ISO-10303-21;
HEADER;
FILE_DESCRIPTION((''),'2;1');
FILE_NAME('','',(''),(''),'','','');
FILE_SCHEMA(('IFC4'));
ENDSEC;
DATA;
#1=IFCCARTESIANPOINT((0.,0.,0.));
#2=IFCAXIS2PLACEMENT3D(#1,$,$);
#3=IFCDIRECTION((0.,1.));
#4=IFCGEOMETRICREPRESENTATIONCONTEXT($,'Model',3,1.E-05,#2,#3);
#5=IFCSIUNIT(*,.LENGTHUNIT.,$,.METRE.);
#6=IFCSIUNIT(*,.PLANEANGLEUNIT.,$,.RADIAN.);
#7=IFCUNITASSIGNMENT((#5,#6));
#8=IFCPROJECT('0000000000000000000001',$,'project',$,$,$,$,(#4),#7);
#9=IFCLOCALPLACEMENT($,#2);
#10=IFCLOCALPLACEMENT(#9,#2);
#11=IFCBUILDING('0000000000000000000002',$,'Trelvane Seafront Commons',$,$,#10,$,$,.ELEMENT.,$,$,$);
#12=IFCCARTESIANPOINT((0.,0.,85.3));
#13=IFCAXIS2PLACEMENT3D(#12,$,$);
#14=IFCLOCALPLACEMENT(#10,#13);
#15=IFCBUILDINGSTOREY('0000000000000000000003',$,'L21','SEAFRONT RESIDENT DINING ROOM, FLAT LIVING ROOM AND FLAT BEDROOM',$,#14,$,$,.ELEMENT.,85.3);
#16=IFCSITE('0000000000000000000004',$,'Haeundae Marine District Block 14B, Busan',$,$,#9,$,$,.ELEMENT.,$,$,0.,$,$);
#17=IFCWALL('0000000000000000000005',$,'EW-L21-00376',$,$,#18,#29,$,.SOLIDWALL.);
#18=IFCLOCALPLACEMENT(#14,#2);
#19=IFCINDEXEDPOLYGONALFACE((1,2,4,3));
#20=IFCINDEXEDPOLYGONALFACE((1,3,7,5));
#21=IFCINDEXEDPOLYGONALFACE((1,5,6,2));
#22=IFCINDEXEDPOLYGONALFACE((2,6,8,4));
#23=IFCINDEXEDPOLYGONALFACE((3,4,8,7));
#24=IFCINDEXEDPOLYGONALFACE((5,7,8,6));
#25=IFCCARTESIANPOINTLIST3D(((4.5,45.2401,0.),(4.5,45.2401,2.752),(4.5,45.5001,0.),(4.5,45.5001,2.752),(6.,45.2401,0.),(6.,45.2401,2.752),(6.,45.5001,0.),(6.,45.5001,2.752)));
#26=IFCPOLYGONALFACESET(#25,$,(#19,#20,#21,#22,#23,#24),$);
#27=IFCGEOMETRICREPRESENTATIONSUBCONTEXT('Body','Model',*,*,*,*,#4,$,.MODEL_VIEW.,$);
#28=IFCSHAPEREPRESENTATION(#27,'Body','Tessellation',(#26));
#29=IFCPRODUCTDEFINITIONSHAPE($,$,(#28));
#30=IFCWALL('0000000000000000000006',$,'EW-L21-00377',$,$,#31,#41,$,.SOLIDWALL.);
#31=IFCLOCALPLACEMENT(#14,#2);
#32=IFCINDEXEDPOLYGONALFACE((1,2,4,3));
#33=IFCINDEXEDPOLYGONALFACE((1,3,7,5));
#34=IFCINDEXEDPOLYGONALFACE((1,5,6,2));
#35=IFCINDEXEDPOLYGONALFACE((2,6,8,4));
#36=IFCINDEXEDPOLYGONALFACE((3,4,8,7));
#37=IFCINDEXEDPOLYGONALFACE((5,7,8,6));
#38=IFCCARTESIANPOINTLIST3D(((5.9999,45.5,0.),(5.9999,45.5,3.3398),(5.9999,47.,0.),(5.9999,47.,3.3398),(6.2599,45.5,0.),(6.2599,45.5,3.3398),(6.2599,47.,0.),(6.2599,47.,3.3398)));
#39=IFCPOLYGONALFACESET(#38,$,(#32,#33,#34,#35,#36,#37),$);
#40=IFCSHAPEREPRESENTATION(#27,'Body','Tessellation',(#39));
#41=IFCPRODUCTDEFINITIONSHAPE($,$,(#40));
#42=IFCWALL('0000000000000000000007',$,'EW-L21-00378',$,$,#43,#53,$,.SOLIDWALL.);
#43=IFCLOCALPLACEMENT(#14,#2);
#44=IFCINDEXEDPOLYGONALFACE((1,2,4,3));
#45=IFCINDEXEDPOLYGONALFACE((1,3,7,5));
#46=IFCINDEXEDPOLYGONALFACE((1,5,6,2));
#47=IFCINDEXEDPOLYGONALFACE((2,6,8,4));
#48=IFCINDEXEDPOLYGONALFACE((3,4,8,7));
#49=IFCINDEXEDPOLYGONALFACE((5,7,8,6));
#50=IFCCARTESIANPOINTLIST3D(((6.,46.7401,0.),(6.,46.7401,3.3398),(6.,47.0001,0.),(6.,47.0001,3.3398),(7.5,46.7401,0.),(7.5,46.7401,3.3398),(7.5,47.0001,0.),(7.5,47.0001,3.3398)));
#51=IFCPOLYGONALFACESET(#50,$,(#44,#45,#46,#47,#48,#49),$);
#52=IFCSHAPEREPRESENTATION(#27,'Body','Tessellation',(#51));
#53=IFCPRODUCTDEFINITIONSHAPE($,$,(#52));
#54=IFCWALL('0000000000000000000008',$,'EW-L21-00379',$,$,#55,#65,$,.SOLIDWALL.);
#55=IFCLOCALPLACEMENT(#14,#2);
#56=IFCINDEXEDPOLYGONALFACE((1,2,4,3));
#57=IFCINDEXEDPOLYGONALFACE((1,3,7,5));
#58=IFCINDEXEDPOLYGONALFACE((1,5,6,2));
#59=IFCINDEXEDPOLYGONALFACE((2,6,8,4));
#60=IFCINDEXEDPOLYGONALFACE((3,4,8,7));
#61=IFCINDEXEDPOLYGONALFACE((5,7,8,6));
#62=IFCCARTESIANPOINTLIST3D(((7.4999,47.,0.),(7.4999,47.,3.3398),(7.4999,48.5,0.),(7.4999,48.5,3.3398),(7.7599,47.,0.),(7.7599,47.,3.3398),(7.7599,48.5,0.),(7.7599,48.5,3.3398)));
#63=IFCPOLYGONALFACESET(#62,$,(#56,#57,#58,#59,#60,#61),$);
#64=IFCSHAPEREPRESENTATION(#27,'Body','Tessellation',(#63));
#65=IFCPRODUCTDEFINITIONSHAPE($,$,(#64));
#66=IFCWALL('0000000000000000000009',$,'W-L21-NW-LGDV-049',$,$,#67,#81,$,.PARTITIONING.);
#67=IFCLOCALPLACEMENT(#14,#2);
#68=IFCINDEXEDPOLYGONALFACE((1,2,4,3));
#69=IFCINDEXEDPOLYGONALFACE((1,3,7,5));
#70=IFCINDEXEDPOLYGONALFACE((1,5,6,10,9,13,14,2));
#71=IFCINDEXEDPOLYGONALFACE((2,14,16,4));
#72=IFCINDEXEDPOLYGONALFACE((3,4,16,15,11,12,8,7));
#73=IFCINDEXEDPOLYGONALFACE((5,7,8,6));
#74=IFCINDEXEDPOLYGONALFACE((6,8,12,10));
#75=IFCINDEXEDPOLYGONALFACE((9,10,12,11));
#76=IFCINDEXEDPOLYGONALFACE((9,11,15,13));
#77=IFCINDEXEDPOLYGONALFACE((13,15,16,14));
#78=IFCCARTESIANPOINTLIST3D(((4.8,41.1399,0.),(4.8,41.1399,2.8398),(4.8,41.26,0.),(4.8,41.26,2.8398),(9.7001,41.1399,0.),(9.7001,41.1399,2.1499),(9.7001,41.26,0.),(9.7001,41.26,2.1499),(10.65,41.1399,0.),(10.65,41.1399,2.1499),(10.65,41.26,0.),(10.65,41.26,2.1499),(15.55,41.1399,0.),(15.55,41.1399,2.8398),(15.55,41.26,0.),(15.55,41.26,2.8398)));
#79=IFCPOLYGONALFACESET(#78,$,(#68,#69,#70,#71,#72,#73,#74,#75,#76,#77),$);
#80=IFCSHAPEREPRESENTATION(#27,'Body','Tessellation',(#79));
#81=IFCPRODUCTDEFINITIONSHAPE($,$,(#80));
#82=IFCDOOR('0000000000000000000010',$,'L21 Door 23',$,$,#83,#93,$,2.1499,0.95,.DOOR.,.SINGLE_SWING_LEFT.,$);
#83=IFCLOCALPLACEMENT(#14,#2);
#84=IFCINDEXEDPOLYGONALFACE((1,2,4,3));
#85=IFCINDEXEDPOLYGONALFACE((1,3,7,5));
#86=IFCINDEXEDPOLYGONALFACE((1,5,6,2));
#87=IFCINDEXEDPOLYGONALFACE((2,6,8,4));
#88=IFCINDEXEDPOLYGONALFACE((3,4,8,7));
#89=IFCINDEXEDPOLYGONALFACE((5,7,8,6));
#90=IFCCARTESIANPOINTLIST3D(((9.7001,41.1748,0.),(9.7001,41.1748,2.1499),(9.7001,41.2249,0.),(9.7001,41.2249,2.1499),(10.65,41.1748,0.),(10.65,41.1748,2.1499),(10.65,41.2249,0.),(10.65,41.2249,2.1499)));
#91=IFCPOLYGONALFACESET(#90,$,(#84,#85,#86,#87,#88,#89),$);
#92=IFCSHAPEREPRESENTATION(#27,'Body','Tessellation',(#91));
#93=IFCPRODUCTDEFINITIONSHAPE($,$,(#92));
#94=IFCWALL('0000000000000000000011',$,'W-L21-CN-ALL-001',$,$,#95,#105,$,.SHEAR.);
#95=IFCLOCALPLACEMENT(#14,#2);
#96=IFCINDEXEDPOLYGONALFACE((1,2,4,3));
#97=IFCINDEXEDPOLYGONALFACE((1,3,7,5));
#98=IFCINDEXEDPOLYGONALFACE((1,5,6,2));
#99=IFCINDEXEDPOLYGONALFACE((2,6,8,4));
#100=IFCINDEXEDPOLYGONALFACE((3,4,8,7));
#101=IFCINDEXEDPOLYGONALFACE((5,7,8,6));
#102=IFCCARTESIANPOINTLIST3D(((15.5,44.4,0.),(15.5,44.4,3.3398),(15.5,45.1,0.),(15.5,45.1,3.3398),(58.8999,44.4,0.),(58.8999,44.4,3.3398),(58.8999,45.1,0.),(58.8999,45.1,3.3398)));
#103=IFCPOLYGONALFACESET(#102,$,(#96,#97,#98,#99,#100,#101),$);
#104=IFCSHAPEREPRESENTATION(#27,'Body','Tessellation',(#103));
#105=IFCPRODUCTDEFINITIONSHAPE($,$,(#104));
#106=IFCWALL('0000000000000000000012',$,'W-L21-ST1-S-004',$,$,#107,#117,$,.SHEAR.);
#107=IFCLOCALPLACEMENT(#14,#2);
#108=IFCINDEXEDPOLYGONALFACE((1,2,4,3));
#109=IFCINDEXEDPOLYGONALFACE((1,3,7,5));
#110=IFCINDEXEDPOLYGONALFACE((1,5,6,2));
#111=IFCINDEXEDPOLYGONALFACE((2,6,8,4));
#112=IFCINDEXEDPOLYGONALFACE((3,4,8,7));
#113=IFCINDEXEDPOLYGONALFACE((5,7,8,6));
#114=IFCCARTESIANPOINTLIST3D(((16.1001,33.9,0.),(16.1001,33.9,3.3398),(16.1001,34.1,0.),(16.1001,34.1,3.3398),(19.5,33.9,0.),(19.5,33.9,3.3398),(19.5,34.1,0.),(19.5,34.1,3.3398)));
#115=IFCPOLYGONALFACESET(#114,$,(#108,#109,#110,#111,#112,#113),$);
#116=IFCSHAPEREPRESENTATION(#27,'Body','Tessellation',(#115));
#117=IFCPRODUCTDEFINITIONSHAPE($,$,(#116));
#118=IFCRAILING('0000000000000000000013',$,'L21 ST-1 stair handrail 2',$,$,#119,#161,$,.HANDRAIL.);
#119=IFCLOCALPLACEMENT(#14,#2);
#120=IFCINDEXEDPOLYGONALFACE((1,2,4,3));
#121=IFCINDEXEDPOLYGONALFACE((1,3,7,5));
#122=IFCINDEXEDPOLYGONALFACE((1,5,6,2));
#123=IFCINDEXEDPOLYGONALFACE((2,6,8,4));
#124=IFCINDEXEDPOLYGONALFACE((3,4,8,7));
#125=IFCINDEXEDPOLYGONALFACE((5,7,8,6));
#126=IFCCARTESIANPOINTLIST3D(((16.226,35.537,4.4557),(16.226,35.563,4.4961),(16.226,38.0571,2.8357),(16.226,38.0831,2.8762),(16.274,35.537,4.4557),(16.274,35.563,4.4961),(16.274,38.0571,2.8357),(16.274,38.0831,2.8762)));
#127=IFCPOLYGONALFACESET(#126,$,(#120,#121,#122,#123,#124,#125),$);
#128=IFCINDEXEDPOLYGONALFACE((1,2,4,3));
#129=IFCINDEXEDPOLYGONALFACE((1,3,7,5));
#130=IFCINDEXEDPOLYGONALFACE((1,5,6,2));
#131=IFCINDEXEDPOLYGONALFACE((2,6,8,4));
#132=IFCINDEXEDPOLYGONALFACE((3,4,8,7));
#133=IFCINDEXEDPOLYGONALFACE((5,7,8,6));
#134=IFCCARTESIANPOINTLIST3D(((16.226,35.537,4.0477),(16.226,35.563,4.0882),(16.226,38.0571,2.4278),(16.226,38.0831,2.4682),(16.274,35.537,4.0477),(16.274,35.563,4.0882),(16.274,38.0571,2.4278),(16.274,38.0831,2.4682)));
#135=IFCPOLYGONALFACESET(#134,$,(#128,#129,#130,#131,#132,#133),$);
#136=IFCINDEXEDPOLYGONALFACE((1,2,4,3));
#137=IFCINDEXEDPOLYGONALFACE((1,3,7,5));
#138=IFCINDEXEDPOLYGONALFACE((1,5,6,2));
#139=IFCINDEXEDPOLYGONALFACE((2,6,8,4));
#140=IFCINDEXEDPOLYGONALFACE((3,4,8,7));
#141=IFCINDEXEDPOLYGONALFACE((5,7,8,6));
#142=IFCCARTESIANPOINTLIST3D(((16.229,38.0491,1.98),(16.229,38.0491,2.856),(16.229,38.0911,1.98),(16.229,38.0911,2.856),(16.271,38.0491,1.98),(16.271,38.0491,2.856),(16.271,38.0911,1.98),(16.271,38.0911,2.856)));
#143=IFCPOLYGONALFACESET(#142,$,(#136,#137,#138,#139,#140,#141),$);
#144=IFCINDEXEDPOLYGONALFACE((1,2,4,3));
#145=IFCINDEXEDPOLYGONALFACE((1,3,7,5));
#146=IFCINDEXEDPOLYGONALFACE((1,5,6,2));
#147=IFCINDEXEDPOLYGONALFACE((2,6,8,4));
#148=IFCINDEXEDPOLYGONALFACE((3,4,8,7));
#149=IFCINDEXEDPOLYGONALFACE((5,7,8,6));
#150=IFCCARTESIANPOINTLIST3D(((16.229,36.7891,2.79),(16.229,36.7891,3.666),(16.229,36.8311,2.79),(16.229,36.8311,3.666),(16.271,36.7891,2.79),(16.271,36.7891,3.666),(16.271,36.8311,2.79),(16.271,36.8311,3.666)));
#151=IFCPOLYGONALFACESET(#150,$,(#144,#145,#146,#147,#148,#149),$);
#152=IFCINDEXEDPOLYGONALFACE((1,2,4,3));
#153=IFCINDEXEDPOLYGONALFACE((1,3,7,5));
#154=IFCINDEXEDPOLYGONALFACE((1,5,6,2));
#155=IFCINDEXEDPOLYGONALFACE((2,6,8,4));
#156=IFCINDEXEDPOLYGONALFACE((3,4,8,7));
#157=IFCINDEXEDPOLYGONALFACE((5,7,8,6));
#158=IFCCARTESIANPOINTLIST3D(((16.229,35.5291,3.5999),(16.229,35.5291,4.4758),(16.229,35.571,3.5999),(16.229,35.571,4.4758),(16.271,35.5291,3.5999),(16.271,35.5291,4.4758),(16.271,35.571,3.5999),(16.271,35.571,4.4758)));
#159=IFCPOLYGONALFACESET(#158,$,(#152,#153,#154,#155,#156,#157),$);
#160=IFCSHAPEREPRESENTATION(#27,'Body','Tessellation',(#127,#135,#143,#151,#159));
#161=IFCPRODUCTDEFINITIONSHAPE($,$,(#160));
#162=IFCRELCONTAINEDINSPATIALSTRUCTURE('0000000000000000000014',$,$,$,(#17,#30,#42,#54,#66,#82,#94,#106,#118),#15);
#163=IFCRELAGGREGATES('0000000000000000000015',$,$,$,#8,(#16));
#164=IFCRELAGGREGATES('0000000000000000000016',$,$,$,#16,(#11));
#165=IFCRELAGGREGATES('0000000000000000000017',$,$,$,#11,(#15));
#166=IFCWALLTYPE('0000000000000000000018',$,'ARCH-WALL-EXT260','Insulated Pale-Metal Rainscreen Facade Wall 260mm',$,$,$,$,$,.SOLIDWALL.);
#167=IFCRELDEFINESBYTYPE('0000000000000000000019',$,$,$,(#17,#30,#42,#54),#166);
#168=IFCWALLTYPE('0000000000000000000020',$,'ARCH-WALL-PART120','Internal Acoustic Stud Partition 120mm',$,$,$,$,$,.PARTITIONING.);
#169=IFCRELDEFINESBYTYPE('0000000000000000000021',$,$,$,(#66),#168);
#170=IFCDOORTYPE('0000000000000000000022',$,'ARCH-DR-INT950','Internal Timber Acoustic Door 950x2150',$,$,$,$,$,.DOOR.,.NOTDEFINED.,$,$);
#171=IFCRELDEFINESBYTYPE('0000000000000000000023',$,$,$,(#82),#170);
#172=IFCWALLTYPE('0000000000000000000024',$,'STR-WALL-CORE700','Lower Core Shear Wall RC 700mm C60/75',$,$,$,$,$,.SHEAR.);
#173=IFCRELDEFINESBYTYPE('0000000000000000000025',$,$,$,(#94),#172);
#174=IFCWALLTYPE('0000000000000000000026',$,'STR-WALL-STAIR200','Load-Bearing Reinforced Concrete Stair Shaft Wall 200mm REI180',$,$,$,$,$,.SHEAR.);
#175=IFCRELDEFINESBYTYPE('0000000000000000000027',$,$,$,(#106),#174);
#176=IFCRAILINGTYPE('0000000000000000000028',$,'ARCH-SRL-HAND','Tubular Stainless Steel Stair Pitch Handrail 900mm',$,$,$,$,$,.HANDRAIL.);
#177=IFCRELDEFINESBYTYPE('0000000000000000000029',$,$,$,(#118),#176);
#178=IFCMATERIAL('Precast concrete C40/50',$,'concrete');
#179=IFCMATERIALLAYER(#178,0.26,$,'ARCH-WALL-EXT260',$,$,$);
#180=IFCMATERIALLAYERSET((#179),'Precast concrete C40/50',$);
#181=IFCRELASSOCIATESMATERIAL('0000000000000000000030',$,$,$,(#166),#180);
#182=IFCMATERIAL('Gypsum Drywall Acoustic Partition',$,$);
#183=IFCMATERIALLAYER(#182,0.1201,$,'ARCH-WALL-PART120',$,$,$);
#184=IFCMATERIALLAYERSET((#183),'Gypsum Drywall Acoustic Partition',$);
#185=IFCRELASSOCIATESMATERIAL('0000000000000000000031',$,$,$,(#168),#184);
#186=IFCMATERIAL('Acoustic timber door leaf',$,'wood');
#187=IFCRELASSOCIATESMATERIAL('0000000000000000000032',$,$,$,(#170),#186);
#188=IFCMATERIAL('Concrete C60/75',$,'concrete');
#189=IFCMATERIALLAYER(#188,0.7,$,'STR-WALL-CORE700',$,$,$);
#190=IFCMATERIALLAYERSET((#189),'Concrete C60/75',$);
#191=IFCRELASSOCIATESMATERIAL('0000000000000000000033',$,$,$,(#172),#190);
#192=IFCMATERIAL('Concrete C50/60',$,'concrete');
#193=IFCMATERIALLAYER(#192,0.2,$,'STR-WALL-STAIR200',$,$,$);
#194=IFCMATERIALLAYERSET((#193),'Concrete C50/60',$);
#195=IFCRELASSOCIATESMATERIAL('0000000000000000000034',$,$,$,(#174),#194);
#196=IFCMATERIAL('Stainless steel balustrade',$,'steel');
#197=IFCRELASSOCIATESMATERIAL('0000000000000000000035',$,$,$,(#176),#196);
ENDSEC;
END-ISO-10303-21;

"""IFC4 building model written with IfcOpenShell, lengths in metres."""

from ifc_helpers import new_model, si_unit, direction, frame, frame_2d, origin, origin_2d, place, context, subcontext, project, spatial, rectangle, extrude, source, transform, mapped, material, layer, layer_set, type_object, element, fill, save


model = new_model("IFC4")

# Units and contexts
model_context = context("Model", 3, precision=1e-05, world=origin(), true_north=direction((0.0, 1.0)))
body_context = subcontext(model_context, "Body", "Model", "MODEL_VIEW")
ifc_project = project(units=[si_unit("LENGTHUNIT", "METRE"), si_unit("PLANEANGLEUNIT", "RADIAN")], contexts=[model_context])

# Site, building, storey
site_placement = place(None, origin())
site = spatial("IfcSite", under=ifc_project, at=site_placement, Name="Haeundae Marine District Block 14B, Busan", CompositionType="ELEMENT", RefElevation=0.0)
building_placement = place(site_placement, origin())
building = spatial("IfcBuilding", under=site, at=building_placement, Name="Trelvane Seafront Commons", CompositionType="ELEMENT")
storey_placement = place(building_placement, frame((0.0, 0.0, 85.3)))
storey = spatial("IfcBuildingStorey", under=building, at=storey_placement, Name="L21", Description="SEAFRONT RESIDENT DINING ROOM, FLAT LIVING ROOM AND FLAT BEDROOM", CompositionType="ELEMENT", Elevation=85.3)

# Shared definitions
ifc_material_1 = material(Name="Concrete C60/75", Category="concrete")

# Shared definitions
ifc_material_2 = material(Name="Precast concrete C40/50", Category="concrete")
ifc_layer_1 = layer(ifc_material_2, 0.26, Name="ARCH-WALL-EXT260")
ifc_layer_set_1 = layer_set([ifc_layer_1], Name="Precast concrete C40/50")
wall_type_1 = type_object("IfcWallType", Name="ARCH-WALL-EXT260", Description="Insulated Pale-Metal Rainscreen Facade Wall 260mm", PredefinedType="SOLIDWALL", material=ifc_layer_set_1)

# Walls
wall_1_placement = place(storey_placement, frame((4.5, 45.3701, 0.0), z_axis=(0.0, 0.0, 1.0), x_axis=(1.0, 0.0, 0.0)))
element("IfcWall", 1, at=wall_1_placement, inside=storey, type_object=wall_type_1, Name="EW-L21-00376", PredefinedType="SOLIDWALL", context=body_context, shape_type="SweptSolid", body=[
    extrude(rectangle(XDim=1.5, YDim=0.26, at=frame_2d((0.75, 0.0))), origin(), (0.0, 0.0, 1.0), 2.752),
])
for number, where, z_axis, x_axis, name in (
    (2, (6.1299, 45.5, 0.0), (0.0, 0.0, 1.0), (0.0, 1.0, 0.0), "EW-L21-00377"),
    (3, (6.0, 46.8701, 0.0), (0.0, 0.0, 1.0), (1.0, 0.0, 0.0), "EW-L21-00378"),
    (4, (7.6299, 47.0, 0.0), (0.0, 0.0, 1.0), (0.0, 1.0, 0.0), "EW-L21-00379"),
):
    element("IfcWall", number, at=place(storey_placement, frame(where, z_axis=z_axis, x_axis=x_axis)), inside=storey, type_object=wall_type_1, Name=name, PredefinedType="SOLIDWALL", context=body_context, shape_type="SweptSolid", body=[
        extrude(rectangle(XDim=1.5, YDim=0.26, at=frame_2d((0.75, 0.0))), origin(), (0.0, 0.0, 1.0), 3.3398),
    ])

# Wall, opening, door
ifc_material_3 = material(Name="Gypsum Drywall Acoustic Partition")
ifc_layer_2 = layer(ifc_material_3, 0.1201, Name="ARCH-WALL-PART120")
ifc_layer_set_2 = layer_set([ifc_layer_2], Name="Gypsum Drywall Acoustic Partition")
wall_type_2 = type_object("IfcWallType", Name="ARCH-WALL-PART120", Description="Internal Acoustic Stud Partition 120mm", PredefinedType="PARTITIONING", material=ifc_layer_set_2)
wall_2_placement = place(storey_placement, frame((4.8, 41.2, 0.0), z_axis=(0.0, 0.0, 1.0), x_axis=(1.0, 0.0, 0.0)))
wall_2 = element("IfcWall", 5, at=wall_2_placement, inside=storey, type_object=wall_type_2, Name="W-L21-NW-LGDV-049", PredefinedType="PARTITIONING", context=body_context, shape_type="SweptSolid", body=[
    extrude(rectangle(XDim=10.75, YDim=0.1201, at=frame_2d((5.375, 0.0))), origin(), (0.0, 0.0, 1.0), 2.8398),
])
opening_1_placement = place(wall_2_placement, frame((4.8999, 0.0, 0.0)))
opening_1 = element("IfcOpeningElement", 6, at=opening_1_placement, cuts=wall_2, PredefinedType="OPENING", context=body_context, shape_type="SweptSolid", body=[
    extrude(rectangle(XDim=0.95, YDim=2.1499, at=frame_2d((0.4751, 1.075))), frame((0.0, 0.0701, 0.0), z_axis=(0.0, -1.0, 0.0), x_axis=(1.0, 0.0, 0.0)), (0.0, 0.0, 1.0), 0.1401),
])
ifc_material_4 = material(Name="Acoustic timber door leaf", Category="wood")
door_type_1 = type_object("IfcDoorType", Name="ARCH-DR-INT950", Description="Internal Timber Acoustic Door 950x2150", OperationType="NOTDEFINED", PredefinedType="DOOR", material=ifc_material_4)
shared_shape_1 = source(origin(), body_context, "Body", "SweptSolid", [
    extrude(rectangle(XDim=0.95, YDim=2.1499, at=frame_2d((0.4751, 1.075))), frame((0.0, 0.0249, 0.0), z_axis=(0.0, -1.0, 0.0), x_axis=(1.0, 0.0, 0.0)), (0.0, 0.0, 1.0), 0.05),
])
door_1_placement = place(opening_1_placement, origin())
door_1 = element("IfcDoor", 7, at=door_1_placement, inside=storey, type_object=door_type_1, Name="L21 Door 23", OperationType="SINGLE_SWING_LEFT", OverallHeight=2.1499, OverallWidth=0.95, PredefinedType="DOOR", context=body_context, shape_type="MappedRepresentation", body=[
    mapped(shared_shape_1, transform((0.0, 0.0, 0.0), x_axis=(1.0, 0.0, 0.0), y_axis=(0.0, 1.0, 0.0), z_axis=(0.0, 0.0, 1.0), scale=1.0)),
])
fill(opening_1, door_1)

# Walls
ifc_layer_3 = layer(ifc_material_1, 0.7, Name="STR-WALL-CORE700")
ifc_layer_set_3 = layer_set([ifc_layer_3], Name="Concrete C60/75")
wall_type_3 = type_object("IfcWallType", Name="STR-WALL-CORE700", Description="Lower Core Shear Wall RC 700mm C60/75", PredefinedType="SHEAR", material=ifc_layer_set_3)
wall_3_placement = place(storey_placement, frame((15.5, 44.75, 0.0), z_axis=(0.0, 0.0, 1.0), x_axis=(1.0, 0.0, 0.0)))
element("IfcWall", 8, at=wall_3_placement, inside=storey, type_object=wall_type_3, Name="W-L21-CN-ALL-001", PredefinedType="SHEAR", context=body_context, shape_type="SweptSolid", body=[
    extrude(rectangle(XDim=43.3999, YDim=0.7, at=frame_2d((21.7, 0.0))), origin(), (0.0, 0.0, 1.0), 3.3398),
])
ifc_material_5 = material(Name="Concrete C50/60", Category="concrete")
ifc_layer_4 = layer(ifc_material_5, 0.2, Name="STR-WALL-STAIR200")
ifc_layer_set_4 = layer_set([ifc_layer_4], Name="Concrete C50/60")
wall_type_4 = type_object("IfcWallType", Name="STR-WALL-STAIR200", Description="Load-Bearing Reinforced Concrete Stair Shaft Wall 200mm REI180", PredefinedType="SHEAR", material=ifc_layer_set_4)
wall_4_placement = place(storey_placement, frame((16.1001, 34.0, 0.0), z_axis=(0.0, 0.0, 1.0), x_axis=(1.0, 0.0, 0.0)))
element("IfcWall", 9, at=wall_4_placement, inside=storey, type_object=wall_type_4, Name="W-L21-ST1-S-004", PredefinedType="SHEAR", context=body_context, shape_type="SweptSolid", body=[
    extrude(rectangle(XDim=3.3999, YDim=0.2, at=frame_2d((1.7, 0.0))), origin(), (0.0, 0.0, 1.0), 3.3398),
])

# Railing
ifc_material_6 = material(Name="Stainless steel balustrade", Category="steel")
railing_type = type_object("IfcRailingType", Name="ARCH-SRL-HAND", Description="Tubular Stainless Steel Stair Pitch Handrail 900mm", PredefinedType="HANDRAIL", material=ifc_material_6)
railing_placement = place(storey_placement, frame((16.25, 38.0701, 1.98)))
element("IfcRailing", 10, at=railing_placement, inside=storey, type_object=railing_type, Name="L21 ST-1 stair handrail 2", PredefinedType="HANDRAIL", context=body_context, shape_type="SweptSolid", body=[
    extrude(rectangle(XDim=0.0481, YDim=0.0481, at=origin_2d()), frame((0.0, 0.0, 0.876), z_axis=(0.0, -0.8412, 0.540725), x_axis=(1.0, 0.0, 0.0)), (0.0, 0.0, 1.0), 2.9958),
    extrude(rectangle(XDim=0.0481, YDim=0.0481, at=origin_2d()), frame((0.0, 0.0, 0.468), z_axis=(0.0, -0.8412, 0.540725), x_axis=(1.0, 0.0, 0.0)), (0.0, 0.0, 1.0), 2.9958),
    extrude(rectangle(XDim=0.042, YDim=0.042, at=origin_2d()), origin(), (0.0, 0.0, 1.0), 0.876),
    extrude(rectangle(XDim=0.042, YDim=0.042, at=origin_2d()), frame((0.0, -1.26, 0.8101)), (0.0, 0.0, 1.0), 0.876),
    extrude(rectangle(XDim=0.042, YDim=0.042, at=origin_2d()), frame((0.0, -2.52, 1.6199)), (0.0, 0.0, 1.0), 0.876),
])

save(model, "model.ifc")
